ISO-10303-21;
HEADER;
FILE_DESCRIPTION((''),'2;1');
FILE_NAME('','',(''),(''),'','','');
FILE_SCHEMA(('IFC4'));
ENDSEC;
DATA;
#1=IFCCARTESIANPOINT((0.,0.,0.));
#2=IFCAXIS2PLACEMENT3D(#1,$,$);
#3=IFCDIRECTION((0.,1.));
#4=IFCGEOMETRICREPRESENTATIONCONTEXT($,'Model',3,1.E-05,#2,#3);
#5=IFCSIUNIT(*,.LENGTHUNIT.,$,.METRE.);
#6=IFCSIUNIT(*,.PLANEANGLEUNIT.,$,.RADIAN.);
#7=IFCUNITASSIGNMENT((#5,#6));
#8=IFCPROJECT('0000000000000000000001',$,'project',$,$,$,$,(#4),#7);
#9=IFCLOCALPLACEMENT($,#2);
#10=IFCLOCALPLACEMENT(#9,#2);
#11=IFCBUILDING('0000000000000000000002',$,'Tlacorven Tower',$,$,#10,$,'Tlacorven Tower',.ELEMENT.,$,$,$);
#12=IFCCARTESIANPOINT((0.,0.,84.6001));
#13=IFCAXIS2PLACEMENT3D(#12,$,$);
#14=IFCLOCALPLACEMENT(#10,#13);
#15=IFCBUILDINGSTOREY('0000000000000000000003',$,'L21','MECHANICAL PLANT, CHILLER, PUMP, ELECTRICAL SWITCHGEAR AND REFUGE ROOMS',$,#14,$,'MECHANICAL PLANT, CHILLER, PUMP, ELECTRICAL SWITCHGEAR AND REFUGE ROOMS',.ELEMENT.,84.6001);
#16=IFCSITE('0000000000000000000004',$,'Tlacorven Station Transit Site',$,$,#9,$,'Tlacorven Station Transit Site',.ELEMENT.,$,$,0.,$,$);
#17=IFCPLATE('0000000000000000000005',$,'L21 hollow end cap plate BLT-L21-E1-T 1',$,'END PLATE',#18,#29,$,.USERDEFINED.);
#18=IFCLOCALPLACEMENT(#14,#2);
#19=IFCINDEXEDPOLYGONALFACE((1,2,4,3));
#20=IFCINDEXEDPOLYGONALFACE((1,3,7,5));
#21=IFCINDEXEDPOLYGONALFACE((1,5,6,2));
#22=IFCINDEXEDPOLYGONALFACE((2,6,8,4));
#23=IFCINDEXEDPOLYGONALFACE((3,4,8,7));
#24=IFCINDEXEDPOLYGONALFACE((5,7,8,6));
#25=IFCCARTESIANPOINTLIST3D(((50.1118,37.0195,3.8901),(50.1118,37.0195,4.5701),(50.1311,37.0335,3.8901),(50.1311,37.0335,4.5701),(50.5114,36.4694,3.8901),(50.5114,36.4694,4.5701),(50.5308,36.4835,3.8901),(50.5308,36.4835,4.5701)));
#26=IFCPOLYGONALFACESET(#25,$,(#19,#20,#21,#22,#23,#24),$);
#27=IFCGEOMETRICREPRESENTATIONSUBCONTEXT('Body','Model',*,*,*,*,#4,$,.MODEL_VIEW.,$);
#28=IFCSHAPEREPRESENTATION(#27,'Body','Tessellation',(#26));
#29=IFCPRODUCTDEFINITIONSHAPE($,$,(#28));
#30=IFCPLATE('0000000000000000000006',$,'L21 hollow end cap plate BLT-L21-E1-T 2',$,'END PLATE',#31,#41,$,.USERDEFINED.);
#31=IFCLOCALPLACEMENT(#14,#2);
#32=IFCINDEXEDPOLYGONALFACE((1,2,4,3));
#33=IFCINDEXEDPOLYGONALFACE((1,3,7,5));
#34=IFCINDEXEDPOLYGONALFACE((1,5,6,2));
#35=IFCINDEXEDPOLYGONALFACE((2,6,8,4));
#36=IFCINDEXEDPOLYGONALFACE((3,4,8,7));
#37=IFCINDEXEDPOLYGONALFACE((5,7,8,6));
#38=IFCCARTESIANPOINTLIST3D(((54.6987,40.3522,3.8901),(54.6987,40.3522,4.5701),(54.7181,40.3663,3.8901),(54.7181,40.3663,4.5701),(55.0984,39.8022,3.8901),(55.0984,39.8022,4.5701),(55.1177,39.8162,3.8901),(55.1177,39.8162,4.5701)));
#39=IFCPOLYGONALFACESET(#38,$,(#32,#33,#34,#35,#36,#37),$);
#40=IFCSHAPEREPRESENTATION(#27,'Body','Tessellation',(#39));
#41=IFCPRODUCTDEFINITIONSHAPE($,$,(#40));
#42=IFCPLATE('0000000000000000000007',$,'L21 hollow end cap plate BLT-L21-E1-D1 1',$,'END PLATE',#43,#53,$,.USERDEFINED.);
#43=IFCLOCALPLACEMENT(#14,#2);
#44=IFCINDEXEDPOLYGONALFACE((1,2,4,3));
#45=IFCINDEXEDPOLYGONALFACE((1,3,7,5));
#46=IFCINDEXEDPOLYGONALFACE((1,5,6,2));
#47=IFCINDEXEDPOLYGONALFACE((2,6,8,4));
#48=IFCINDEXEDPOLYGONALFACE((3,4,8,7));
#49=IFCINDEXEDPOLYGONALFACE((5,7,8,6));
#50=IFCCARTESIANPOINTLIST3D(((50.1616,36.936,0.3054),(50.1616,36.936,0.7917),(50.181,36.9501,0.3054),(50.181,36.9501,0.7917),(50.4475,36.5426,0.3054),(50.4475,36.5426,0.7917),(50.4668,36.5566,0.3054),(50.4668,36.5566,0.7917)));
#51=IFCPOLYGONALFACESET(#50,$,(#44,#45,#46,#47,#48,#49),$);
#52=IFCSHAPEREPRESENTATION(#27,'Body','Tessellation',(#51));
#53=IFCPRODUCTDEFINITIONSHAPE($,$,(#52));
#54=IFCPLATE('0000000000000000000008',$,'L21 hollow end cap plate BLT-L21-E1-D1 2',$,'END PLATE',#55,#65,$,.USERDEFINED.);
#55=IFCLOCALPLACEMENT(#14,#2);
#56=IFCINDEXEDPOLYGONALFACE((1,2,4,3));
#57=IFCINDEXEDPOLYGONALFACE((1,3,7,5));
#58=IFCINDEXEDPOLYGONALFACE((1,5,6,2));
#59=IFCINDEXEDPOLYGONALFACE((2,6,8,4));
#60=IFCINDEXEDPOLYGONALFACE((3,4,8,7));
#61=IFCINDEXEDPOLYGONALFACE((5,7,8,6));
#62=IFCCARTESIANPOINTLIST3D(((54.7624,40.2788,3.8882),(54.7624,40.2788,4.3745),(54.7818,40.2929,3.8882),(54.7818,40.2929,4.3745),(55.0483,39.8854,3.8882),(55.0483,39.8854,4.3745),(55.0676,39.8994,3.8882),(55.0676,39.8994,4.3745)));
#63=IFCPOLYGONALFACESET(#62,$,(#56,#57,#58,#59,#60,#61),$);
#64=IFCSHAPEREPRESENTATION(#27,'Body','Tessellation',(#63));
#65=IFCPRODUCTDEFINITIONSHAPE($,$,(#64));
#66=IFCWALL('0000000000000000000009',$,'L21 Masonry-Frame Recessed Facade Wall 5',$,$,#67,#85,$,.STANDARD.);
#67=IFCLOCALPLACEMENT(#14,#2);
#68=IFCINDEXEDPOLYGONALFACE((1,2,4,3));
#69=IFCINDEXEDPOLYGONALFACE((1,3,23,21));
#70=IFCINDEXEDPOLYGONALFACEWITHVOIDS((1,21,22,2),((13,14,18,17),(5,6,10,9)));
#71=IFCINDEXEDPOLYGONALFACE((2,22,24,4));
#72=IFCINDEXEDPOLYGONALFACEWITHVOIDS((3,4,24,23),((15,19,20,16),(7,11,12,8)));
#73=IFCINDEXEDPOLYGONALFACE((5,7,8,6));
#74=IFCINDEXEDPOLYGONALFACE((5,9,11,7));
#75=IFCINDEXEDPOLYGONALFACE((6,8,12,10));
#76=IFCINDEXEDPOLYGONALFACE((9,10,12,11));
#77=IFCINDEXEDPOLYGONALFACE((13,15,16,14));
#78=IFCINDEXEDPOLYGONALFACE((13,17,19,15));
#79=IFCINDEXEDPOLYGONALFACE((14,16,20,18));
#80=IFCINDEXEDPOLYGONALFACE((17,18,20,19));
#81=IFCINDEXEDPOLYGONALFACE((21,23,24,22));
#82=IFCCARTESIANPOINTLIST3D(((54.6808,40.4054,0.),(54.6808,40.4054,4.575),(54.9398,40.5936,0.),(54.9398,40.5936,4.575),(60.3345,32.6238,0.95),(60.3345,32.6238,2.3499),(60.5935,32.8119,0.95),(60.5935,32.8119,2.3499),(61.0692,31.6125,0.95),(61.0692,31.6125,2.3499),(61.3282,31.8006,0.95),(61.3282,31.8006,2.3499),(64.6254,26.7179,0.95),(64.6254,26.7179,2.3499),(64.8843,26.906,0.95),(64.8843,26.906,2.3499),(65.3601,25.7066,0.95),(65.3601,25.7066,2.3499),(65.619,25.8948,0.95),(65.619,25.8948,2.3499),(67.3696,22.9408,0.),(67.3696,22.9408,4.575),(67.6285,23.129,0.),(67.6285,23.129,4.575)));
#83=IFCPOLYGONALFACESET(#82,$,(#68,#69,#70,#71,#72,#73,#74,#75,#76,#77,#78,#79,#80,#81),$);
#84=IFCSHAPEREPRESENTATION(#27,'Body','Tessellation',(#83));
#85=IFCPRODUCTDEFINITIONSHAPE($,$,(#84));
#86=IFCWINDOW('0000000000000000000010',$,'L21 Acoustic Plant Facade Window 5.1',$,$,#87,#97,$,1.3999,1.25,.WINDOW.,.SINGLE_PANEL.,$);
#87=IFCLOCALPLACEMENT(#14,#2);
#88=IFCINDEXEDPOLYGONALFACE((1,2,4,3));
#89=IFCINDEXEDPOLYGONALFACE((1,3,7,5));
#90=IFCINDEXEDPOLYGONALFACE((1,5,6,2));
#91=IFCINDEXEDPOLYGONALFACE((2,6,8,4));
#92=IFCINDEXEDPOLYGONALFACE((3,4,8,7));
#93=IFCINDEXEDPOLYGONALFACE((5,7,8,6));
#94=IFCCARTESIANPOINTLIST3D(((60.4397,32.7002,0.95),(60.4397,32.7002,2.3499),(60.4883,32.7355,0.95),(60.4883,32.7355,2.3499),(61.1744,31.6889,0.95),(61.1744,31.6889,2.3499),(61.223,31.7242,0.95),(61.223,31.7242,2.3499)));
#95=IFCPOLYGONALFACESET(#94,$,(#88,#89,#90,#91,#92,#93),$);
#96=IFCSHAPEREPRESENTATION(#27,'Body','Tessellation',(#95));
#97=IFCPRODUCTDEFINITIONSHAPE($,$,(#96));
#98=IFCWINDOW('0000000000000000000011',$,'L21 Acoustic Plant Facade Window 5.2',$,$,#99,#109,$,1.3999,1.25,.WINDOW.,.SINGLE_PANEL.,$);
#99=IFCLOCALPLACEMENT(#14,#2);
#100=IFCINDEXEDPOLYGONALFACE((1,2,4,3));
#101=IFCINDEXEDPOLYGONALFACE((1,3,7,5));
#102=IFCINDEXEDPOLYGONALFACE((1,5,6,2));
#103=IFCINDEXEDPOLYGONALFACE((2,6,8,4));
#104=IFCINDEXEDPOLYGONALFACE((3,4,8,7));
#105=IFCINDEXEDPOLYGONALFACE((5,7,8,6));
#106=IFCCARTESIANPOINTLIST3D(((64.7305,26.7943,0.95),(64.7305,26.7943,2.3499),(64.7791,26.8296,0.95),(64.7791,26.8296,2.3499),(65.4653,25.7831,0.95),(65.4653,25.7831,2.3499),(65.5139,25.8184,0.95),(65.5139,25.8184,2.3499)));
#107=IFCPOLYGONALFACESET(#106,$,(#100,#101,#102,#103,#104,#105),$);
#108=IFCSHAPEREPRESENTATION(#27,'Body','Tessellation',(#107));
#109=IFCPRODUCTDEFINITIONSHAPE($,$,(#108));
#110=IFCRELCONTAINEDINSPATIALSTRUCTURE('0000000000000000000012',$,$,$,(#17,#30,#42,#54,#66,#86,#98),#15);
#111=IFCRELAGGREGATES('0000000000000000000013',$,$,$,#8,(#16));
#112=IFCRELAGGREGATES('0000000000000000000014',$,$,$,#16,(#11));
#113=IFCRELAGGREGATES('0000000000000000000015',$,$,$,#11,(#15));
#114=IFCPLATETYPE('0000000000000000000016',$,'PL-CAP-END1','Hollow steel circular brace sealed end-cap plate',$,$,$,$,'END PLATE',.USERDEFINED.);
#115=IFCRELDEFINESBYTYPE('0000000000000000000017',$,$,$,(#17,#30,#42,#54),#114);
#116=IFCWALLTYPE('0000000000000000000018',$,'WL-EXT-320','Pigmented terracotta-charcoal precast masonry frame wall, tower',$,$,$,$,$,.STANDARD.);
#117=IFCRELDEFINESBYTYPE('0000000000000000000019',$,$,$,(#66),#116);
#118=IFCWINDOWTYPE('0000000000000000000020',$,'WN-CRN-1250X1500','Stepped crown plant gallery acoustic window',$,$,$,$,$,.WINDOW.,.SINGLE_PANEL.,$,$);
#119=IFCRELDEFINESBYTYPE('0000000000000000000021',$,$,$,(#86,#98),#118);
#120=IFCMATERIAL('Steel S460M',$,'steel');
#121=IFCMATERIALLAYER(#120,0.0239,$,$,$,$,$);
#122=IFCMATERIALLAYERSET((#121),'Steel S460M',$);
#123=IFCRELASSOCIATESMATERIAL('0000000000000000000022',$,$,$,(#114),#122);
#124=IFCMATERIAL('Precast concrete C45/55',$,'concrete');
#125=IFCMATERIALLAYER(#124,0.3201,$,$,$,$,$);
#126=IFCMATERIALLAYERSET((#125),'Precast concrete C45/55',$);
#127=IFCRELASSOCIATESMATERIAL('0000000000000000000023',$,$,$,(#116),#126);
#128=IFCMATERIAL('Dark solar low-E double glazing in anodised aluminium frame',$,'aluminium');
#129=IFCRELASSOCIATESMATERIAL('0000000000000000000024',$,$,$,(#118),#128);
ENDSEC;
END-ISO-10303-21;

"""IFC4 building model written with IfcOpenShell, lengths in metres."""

from ifc_helpers import new_model, si_unit, direction, frame, frame_2d, origin, origin_2d, place, context, subcontext, project, spatial, rectangle, extrude, source, transform, mapped, material, layer, layer_set, type_object, element, fill, save


model = new_model("IFC4")

# Units and contexts
model_context = context("Model", 3, precision=1e-05, world=origin(), true_north=direction((0.0, 1.0)))
body_context = subcontext(model_context, "Body", "Model", "MODEL_VIEW")
ifc_project = project(units=[si_unit("LENGTHUNIT", "METRE"), si_unit("PLANEANGLEUNIT", "RADIAN")], contexts=[model_context])

# Site, building, storey
site_placement = place(None, origin())
site = spatial("IfcSite", under=ifc_project, at=site_placement, Name="Tlacorven Station Transit Site", LongName="Tlacorven Station Transit Site", CompositionType="ELEMENT", RefElevation=0.0)
building_placement = place(site_placement, origin())
building = spatial("IfcBuilding", under=site, at=building_placement, Name="Tlacorven Tower", LongName="Tlacorven Tower", CompositionType="ELEMENT")
storey_placement = place(building_placement, frame((0.0, 0.0, 84.6001)))
storey = spatial("IfcBuildingStorey", under=building, at=storey_placement, Name="L21", Description="MECHANICAL PLANT, CHILLER, PUMP, ELECTRICAL SWITCHGEAR AND REFUGE ROOMS", LongName="MECHANICAL PLANT, CHILLER, PUMP, ELECTRICAL SWITCHGEAR AND REFUGE ROOMS", CompositionType="ELEMENT", Elevation=84.6001)

# Shared definitions
ifc_material_1 = material(Name="Steel S460M", Category="steel")

# Plates
ifc_layer_1 = layer(ifc_material_1, 0.0239)
ifc_layer_set_1 = layer_set([ifc_layer_1], Name="Steel S460M")
plate_type_1 = type_object("IfcPlateType", Name="PL-CAP-END1", Description="Hollow steel circular brace sealed end-cap plate", ElementType="END PLATE", PredefinedType="USERDEFINED", material=ifc_layer_set_1)
shared_shape_1 = source(origin(), body_context, "Body", "SweptSolid", [
    extrude(rectangle(XDim=0.0239, YDim=0.6799, at=origin_2d()), origin(), (0.0, 0.0, 1.0), 0.6799),
])
for number, where, z_axis, x_axis, name in (
    (1, (50.3213, 36.7515, 3.8901), (0.0, 0.0, 1.0), (0.809017, 0.587785, 0.0), "L21 hollow end cap plate BLT-L21-E1-T 1"),
    (2, (54.9082, 40.0842, 3.8901), (0.0, 0.0, 1.0), (0.809017, 0.587785, 0.0), "L21 hollow end cap plate BLT-L21-E1-T 2"),
):
    element("IfcPlate", number, at=place(storey_placement, frame(where, z_axis=z_axis, x_axis=x_axis)), inside=storey, type_object=plate_type_1, Name=name, ObjectType="END PLATE", PredefinedType="USERDEFINED", context=body_context, shape_type="MappedRepresentation", body=[
        mapped(shared_shape_1, transform((0.0, 0.0, 0.0), scale=1.0)),
    ])
shared_shape_2 = source(origin(), body_context, "Body", "SweptSolid", [
    extrude(rectangle(XDim=0.0239, YDim=0.4863, at=origin_2d()), origin(), (0.0, 0.0, 1.0), 0.4863),
])
for number, where, z_axis, x_axis, name in (
    (3, (50.3142, 36.7463, 0.3054), (0.0, 0.0, 1.0), (0.809017, 0.587785, 0.0), "L21 hollow end cap plate BLT-L21-E1-D1 1"),
    (4, (54.915, 40.0891, 3.8882), (0.0, 0.0, 1.0), (0.809017, 0.587785, 0.0), "L21 hollow end cap plate BLT-L21-E1-D1 2"),
):
    element("IfcPlate", number, at=place(storey_placement, frame(where, z_axis=z_axis, x_axis=x_axis)), inside=storey, type_object=plate_type_1, Name=name, ObjectType="END PLATE", PredefinedType="USERDEFINED", context=body_context, shape_type="MappedRepresentation", body=[
        mapped(shared_shape_2, transform((0.0, 0.0, 0.0), scale=1.0)),
    ])

# Wall, openings, windows
ifc_material_2 = material(Name="Precast concrete C45/55", Category="concrete")
ifc_layer_2 = layer(ifc_material_2, 0.3201)
ifc_layer_set_2 = layer_set([ifc_layer_2], Name="Precast concrete C45/55")
wall_type = type_object("IfcWallType", Name="WL-EXT-320", Description="Pigmented terracotta-charcoal precast masonry frame wall, tower", PredefinedType="STANDARD", material=ifc_layer_set_2)
wall_placement = place(storey_placement, frame((54.8103, 40.4995, 0.0), z_axis=(0.0, 0.0, 1.0), x_axis=(0.587784, -0.809018, 0.0)))
wall = element("IfcWall", 5, at=wall_placement, inside=storey, type_object=wall_type, Name="L21 Masonry-Frame Recessed Facade Wall 5", PredefinedType="STANDARD", context=body_context, shape_type="SweptSolid", body=[
    extrude(rectangle(XDim=21.5874, YDim=0.3201, at=frame_2d((10.7937, 0.0))), origin(), (0.0, 0.0, 1.0), 4.575),
])
opening_1_placement = place(wall_placement, frame((9.6187, 0.0, 0.95)))
opening_1 = element("IfcOpeningElement", 6, at=opening_1_placement, cuts=wall, PredefinedType="OPENING", context=body_context, shape_type="SweptSolid", body=[
    extrude(rectangle(XDim=1.25, YDim=1.3999, at=frame_2d((0.625, 0.7))), frame((0.0, 0.1699, 0.0), z_axis=(0.0, -1.0, 0.0), x_axis=(1.0, 0.0, 0.0)), (0.0, 0.0, 1.0), 0.3401),
])
opening_2_placement = place(wall_placement, frame((16.9187, 0.0, 0.95)))
opening_2 = element("IfcOpeningElement", 7, at=opening_2_placement, cuts=wall, PredefinedType="OPENING", context=body_context, shape_type="SweptSolid", body=[
    extrude(rectangle(XDim=1.25, YDim=1.3999, at=frame_2d((0.625, 0.7))), frame((0.0, 0.1699, 0.0), z_axis=(0.0, -1.0, 0.0), x_axis=(1.0, 0.0, 0.0)), (0.0, 0.0, 1.0), 0.3401),
])
ifc_material_3 = material(Name="Dark solar low-E double glazing in anodised aluminium frame", Category="aluminium")
window_type = type_object("IfcWindowType", Name="WN-CRN-1250X1500", Description="Stepped crown plant gallery acoustic window", PartitioningType="SINGLE_PANEL", PredefinedType="WINDOW", material=ifc_material_3)
shared_shape_3 = source(origin(), body_context, "Body", "SweptSolid", [
    extrude(rectangle(XDim=1.25, YDim=1.3999, at=frame_2d((0.625, 0.7))), frame((0.0, 0.03, 0.0), z_axis=(0.0, -1.0, 0.0), x_axis=(1.0, 0.0, 0.0)), (0.0, 0.0, 1.0), 0.0601),
])
window_1_placement = place(opening_1_placement, origin())
window_1 = element("IfcWindow", 8, at=window_1_placement, inside=storey, type_object=window_type, Name="L21 Acoustic Plant Facade Window 5.1", OverallHeight=1.3999, OverallWidth=1.25, PartitioningType="SINGLE_PANEL", PredefinedType="WINDOW", context=body_context, shape_type="MappedRepresentation", body=[
    mapped(shared_shape_3, transform((0.0, 0.0, 0.0), scale=1.0)),
])
fill(opening_1, window_1)
window_2_placement = place(opening_2_placement, origin())
window_2 = element("IfcWindow", 9, at=window_2_placement, inside=storey, type_object=window_type, Name="L21 Acoustic Plant Facade Window 5.2", OverallHeight=1.3999, OverallWidth=1.25, PartitioningType="SINGLE_PANEL", PredefinedType="WINDOW", context=body_context, shape_type="MappedRepresentation", body=[
    mapped(shared_shape_3, transform((0.0, 0.0, 0.0), scale=1.0)),
])
fill(opening_2, window_2)

save(model, "model.ifc")
